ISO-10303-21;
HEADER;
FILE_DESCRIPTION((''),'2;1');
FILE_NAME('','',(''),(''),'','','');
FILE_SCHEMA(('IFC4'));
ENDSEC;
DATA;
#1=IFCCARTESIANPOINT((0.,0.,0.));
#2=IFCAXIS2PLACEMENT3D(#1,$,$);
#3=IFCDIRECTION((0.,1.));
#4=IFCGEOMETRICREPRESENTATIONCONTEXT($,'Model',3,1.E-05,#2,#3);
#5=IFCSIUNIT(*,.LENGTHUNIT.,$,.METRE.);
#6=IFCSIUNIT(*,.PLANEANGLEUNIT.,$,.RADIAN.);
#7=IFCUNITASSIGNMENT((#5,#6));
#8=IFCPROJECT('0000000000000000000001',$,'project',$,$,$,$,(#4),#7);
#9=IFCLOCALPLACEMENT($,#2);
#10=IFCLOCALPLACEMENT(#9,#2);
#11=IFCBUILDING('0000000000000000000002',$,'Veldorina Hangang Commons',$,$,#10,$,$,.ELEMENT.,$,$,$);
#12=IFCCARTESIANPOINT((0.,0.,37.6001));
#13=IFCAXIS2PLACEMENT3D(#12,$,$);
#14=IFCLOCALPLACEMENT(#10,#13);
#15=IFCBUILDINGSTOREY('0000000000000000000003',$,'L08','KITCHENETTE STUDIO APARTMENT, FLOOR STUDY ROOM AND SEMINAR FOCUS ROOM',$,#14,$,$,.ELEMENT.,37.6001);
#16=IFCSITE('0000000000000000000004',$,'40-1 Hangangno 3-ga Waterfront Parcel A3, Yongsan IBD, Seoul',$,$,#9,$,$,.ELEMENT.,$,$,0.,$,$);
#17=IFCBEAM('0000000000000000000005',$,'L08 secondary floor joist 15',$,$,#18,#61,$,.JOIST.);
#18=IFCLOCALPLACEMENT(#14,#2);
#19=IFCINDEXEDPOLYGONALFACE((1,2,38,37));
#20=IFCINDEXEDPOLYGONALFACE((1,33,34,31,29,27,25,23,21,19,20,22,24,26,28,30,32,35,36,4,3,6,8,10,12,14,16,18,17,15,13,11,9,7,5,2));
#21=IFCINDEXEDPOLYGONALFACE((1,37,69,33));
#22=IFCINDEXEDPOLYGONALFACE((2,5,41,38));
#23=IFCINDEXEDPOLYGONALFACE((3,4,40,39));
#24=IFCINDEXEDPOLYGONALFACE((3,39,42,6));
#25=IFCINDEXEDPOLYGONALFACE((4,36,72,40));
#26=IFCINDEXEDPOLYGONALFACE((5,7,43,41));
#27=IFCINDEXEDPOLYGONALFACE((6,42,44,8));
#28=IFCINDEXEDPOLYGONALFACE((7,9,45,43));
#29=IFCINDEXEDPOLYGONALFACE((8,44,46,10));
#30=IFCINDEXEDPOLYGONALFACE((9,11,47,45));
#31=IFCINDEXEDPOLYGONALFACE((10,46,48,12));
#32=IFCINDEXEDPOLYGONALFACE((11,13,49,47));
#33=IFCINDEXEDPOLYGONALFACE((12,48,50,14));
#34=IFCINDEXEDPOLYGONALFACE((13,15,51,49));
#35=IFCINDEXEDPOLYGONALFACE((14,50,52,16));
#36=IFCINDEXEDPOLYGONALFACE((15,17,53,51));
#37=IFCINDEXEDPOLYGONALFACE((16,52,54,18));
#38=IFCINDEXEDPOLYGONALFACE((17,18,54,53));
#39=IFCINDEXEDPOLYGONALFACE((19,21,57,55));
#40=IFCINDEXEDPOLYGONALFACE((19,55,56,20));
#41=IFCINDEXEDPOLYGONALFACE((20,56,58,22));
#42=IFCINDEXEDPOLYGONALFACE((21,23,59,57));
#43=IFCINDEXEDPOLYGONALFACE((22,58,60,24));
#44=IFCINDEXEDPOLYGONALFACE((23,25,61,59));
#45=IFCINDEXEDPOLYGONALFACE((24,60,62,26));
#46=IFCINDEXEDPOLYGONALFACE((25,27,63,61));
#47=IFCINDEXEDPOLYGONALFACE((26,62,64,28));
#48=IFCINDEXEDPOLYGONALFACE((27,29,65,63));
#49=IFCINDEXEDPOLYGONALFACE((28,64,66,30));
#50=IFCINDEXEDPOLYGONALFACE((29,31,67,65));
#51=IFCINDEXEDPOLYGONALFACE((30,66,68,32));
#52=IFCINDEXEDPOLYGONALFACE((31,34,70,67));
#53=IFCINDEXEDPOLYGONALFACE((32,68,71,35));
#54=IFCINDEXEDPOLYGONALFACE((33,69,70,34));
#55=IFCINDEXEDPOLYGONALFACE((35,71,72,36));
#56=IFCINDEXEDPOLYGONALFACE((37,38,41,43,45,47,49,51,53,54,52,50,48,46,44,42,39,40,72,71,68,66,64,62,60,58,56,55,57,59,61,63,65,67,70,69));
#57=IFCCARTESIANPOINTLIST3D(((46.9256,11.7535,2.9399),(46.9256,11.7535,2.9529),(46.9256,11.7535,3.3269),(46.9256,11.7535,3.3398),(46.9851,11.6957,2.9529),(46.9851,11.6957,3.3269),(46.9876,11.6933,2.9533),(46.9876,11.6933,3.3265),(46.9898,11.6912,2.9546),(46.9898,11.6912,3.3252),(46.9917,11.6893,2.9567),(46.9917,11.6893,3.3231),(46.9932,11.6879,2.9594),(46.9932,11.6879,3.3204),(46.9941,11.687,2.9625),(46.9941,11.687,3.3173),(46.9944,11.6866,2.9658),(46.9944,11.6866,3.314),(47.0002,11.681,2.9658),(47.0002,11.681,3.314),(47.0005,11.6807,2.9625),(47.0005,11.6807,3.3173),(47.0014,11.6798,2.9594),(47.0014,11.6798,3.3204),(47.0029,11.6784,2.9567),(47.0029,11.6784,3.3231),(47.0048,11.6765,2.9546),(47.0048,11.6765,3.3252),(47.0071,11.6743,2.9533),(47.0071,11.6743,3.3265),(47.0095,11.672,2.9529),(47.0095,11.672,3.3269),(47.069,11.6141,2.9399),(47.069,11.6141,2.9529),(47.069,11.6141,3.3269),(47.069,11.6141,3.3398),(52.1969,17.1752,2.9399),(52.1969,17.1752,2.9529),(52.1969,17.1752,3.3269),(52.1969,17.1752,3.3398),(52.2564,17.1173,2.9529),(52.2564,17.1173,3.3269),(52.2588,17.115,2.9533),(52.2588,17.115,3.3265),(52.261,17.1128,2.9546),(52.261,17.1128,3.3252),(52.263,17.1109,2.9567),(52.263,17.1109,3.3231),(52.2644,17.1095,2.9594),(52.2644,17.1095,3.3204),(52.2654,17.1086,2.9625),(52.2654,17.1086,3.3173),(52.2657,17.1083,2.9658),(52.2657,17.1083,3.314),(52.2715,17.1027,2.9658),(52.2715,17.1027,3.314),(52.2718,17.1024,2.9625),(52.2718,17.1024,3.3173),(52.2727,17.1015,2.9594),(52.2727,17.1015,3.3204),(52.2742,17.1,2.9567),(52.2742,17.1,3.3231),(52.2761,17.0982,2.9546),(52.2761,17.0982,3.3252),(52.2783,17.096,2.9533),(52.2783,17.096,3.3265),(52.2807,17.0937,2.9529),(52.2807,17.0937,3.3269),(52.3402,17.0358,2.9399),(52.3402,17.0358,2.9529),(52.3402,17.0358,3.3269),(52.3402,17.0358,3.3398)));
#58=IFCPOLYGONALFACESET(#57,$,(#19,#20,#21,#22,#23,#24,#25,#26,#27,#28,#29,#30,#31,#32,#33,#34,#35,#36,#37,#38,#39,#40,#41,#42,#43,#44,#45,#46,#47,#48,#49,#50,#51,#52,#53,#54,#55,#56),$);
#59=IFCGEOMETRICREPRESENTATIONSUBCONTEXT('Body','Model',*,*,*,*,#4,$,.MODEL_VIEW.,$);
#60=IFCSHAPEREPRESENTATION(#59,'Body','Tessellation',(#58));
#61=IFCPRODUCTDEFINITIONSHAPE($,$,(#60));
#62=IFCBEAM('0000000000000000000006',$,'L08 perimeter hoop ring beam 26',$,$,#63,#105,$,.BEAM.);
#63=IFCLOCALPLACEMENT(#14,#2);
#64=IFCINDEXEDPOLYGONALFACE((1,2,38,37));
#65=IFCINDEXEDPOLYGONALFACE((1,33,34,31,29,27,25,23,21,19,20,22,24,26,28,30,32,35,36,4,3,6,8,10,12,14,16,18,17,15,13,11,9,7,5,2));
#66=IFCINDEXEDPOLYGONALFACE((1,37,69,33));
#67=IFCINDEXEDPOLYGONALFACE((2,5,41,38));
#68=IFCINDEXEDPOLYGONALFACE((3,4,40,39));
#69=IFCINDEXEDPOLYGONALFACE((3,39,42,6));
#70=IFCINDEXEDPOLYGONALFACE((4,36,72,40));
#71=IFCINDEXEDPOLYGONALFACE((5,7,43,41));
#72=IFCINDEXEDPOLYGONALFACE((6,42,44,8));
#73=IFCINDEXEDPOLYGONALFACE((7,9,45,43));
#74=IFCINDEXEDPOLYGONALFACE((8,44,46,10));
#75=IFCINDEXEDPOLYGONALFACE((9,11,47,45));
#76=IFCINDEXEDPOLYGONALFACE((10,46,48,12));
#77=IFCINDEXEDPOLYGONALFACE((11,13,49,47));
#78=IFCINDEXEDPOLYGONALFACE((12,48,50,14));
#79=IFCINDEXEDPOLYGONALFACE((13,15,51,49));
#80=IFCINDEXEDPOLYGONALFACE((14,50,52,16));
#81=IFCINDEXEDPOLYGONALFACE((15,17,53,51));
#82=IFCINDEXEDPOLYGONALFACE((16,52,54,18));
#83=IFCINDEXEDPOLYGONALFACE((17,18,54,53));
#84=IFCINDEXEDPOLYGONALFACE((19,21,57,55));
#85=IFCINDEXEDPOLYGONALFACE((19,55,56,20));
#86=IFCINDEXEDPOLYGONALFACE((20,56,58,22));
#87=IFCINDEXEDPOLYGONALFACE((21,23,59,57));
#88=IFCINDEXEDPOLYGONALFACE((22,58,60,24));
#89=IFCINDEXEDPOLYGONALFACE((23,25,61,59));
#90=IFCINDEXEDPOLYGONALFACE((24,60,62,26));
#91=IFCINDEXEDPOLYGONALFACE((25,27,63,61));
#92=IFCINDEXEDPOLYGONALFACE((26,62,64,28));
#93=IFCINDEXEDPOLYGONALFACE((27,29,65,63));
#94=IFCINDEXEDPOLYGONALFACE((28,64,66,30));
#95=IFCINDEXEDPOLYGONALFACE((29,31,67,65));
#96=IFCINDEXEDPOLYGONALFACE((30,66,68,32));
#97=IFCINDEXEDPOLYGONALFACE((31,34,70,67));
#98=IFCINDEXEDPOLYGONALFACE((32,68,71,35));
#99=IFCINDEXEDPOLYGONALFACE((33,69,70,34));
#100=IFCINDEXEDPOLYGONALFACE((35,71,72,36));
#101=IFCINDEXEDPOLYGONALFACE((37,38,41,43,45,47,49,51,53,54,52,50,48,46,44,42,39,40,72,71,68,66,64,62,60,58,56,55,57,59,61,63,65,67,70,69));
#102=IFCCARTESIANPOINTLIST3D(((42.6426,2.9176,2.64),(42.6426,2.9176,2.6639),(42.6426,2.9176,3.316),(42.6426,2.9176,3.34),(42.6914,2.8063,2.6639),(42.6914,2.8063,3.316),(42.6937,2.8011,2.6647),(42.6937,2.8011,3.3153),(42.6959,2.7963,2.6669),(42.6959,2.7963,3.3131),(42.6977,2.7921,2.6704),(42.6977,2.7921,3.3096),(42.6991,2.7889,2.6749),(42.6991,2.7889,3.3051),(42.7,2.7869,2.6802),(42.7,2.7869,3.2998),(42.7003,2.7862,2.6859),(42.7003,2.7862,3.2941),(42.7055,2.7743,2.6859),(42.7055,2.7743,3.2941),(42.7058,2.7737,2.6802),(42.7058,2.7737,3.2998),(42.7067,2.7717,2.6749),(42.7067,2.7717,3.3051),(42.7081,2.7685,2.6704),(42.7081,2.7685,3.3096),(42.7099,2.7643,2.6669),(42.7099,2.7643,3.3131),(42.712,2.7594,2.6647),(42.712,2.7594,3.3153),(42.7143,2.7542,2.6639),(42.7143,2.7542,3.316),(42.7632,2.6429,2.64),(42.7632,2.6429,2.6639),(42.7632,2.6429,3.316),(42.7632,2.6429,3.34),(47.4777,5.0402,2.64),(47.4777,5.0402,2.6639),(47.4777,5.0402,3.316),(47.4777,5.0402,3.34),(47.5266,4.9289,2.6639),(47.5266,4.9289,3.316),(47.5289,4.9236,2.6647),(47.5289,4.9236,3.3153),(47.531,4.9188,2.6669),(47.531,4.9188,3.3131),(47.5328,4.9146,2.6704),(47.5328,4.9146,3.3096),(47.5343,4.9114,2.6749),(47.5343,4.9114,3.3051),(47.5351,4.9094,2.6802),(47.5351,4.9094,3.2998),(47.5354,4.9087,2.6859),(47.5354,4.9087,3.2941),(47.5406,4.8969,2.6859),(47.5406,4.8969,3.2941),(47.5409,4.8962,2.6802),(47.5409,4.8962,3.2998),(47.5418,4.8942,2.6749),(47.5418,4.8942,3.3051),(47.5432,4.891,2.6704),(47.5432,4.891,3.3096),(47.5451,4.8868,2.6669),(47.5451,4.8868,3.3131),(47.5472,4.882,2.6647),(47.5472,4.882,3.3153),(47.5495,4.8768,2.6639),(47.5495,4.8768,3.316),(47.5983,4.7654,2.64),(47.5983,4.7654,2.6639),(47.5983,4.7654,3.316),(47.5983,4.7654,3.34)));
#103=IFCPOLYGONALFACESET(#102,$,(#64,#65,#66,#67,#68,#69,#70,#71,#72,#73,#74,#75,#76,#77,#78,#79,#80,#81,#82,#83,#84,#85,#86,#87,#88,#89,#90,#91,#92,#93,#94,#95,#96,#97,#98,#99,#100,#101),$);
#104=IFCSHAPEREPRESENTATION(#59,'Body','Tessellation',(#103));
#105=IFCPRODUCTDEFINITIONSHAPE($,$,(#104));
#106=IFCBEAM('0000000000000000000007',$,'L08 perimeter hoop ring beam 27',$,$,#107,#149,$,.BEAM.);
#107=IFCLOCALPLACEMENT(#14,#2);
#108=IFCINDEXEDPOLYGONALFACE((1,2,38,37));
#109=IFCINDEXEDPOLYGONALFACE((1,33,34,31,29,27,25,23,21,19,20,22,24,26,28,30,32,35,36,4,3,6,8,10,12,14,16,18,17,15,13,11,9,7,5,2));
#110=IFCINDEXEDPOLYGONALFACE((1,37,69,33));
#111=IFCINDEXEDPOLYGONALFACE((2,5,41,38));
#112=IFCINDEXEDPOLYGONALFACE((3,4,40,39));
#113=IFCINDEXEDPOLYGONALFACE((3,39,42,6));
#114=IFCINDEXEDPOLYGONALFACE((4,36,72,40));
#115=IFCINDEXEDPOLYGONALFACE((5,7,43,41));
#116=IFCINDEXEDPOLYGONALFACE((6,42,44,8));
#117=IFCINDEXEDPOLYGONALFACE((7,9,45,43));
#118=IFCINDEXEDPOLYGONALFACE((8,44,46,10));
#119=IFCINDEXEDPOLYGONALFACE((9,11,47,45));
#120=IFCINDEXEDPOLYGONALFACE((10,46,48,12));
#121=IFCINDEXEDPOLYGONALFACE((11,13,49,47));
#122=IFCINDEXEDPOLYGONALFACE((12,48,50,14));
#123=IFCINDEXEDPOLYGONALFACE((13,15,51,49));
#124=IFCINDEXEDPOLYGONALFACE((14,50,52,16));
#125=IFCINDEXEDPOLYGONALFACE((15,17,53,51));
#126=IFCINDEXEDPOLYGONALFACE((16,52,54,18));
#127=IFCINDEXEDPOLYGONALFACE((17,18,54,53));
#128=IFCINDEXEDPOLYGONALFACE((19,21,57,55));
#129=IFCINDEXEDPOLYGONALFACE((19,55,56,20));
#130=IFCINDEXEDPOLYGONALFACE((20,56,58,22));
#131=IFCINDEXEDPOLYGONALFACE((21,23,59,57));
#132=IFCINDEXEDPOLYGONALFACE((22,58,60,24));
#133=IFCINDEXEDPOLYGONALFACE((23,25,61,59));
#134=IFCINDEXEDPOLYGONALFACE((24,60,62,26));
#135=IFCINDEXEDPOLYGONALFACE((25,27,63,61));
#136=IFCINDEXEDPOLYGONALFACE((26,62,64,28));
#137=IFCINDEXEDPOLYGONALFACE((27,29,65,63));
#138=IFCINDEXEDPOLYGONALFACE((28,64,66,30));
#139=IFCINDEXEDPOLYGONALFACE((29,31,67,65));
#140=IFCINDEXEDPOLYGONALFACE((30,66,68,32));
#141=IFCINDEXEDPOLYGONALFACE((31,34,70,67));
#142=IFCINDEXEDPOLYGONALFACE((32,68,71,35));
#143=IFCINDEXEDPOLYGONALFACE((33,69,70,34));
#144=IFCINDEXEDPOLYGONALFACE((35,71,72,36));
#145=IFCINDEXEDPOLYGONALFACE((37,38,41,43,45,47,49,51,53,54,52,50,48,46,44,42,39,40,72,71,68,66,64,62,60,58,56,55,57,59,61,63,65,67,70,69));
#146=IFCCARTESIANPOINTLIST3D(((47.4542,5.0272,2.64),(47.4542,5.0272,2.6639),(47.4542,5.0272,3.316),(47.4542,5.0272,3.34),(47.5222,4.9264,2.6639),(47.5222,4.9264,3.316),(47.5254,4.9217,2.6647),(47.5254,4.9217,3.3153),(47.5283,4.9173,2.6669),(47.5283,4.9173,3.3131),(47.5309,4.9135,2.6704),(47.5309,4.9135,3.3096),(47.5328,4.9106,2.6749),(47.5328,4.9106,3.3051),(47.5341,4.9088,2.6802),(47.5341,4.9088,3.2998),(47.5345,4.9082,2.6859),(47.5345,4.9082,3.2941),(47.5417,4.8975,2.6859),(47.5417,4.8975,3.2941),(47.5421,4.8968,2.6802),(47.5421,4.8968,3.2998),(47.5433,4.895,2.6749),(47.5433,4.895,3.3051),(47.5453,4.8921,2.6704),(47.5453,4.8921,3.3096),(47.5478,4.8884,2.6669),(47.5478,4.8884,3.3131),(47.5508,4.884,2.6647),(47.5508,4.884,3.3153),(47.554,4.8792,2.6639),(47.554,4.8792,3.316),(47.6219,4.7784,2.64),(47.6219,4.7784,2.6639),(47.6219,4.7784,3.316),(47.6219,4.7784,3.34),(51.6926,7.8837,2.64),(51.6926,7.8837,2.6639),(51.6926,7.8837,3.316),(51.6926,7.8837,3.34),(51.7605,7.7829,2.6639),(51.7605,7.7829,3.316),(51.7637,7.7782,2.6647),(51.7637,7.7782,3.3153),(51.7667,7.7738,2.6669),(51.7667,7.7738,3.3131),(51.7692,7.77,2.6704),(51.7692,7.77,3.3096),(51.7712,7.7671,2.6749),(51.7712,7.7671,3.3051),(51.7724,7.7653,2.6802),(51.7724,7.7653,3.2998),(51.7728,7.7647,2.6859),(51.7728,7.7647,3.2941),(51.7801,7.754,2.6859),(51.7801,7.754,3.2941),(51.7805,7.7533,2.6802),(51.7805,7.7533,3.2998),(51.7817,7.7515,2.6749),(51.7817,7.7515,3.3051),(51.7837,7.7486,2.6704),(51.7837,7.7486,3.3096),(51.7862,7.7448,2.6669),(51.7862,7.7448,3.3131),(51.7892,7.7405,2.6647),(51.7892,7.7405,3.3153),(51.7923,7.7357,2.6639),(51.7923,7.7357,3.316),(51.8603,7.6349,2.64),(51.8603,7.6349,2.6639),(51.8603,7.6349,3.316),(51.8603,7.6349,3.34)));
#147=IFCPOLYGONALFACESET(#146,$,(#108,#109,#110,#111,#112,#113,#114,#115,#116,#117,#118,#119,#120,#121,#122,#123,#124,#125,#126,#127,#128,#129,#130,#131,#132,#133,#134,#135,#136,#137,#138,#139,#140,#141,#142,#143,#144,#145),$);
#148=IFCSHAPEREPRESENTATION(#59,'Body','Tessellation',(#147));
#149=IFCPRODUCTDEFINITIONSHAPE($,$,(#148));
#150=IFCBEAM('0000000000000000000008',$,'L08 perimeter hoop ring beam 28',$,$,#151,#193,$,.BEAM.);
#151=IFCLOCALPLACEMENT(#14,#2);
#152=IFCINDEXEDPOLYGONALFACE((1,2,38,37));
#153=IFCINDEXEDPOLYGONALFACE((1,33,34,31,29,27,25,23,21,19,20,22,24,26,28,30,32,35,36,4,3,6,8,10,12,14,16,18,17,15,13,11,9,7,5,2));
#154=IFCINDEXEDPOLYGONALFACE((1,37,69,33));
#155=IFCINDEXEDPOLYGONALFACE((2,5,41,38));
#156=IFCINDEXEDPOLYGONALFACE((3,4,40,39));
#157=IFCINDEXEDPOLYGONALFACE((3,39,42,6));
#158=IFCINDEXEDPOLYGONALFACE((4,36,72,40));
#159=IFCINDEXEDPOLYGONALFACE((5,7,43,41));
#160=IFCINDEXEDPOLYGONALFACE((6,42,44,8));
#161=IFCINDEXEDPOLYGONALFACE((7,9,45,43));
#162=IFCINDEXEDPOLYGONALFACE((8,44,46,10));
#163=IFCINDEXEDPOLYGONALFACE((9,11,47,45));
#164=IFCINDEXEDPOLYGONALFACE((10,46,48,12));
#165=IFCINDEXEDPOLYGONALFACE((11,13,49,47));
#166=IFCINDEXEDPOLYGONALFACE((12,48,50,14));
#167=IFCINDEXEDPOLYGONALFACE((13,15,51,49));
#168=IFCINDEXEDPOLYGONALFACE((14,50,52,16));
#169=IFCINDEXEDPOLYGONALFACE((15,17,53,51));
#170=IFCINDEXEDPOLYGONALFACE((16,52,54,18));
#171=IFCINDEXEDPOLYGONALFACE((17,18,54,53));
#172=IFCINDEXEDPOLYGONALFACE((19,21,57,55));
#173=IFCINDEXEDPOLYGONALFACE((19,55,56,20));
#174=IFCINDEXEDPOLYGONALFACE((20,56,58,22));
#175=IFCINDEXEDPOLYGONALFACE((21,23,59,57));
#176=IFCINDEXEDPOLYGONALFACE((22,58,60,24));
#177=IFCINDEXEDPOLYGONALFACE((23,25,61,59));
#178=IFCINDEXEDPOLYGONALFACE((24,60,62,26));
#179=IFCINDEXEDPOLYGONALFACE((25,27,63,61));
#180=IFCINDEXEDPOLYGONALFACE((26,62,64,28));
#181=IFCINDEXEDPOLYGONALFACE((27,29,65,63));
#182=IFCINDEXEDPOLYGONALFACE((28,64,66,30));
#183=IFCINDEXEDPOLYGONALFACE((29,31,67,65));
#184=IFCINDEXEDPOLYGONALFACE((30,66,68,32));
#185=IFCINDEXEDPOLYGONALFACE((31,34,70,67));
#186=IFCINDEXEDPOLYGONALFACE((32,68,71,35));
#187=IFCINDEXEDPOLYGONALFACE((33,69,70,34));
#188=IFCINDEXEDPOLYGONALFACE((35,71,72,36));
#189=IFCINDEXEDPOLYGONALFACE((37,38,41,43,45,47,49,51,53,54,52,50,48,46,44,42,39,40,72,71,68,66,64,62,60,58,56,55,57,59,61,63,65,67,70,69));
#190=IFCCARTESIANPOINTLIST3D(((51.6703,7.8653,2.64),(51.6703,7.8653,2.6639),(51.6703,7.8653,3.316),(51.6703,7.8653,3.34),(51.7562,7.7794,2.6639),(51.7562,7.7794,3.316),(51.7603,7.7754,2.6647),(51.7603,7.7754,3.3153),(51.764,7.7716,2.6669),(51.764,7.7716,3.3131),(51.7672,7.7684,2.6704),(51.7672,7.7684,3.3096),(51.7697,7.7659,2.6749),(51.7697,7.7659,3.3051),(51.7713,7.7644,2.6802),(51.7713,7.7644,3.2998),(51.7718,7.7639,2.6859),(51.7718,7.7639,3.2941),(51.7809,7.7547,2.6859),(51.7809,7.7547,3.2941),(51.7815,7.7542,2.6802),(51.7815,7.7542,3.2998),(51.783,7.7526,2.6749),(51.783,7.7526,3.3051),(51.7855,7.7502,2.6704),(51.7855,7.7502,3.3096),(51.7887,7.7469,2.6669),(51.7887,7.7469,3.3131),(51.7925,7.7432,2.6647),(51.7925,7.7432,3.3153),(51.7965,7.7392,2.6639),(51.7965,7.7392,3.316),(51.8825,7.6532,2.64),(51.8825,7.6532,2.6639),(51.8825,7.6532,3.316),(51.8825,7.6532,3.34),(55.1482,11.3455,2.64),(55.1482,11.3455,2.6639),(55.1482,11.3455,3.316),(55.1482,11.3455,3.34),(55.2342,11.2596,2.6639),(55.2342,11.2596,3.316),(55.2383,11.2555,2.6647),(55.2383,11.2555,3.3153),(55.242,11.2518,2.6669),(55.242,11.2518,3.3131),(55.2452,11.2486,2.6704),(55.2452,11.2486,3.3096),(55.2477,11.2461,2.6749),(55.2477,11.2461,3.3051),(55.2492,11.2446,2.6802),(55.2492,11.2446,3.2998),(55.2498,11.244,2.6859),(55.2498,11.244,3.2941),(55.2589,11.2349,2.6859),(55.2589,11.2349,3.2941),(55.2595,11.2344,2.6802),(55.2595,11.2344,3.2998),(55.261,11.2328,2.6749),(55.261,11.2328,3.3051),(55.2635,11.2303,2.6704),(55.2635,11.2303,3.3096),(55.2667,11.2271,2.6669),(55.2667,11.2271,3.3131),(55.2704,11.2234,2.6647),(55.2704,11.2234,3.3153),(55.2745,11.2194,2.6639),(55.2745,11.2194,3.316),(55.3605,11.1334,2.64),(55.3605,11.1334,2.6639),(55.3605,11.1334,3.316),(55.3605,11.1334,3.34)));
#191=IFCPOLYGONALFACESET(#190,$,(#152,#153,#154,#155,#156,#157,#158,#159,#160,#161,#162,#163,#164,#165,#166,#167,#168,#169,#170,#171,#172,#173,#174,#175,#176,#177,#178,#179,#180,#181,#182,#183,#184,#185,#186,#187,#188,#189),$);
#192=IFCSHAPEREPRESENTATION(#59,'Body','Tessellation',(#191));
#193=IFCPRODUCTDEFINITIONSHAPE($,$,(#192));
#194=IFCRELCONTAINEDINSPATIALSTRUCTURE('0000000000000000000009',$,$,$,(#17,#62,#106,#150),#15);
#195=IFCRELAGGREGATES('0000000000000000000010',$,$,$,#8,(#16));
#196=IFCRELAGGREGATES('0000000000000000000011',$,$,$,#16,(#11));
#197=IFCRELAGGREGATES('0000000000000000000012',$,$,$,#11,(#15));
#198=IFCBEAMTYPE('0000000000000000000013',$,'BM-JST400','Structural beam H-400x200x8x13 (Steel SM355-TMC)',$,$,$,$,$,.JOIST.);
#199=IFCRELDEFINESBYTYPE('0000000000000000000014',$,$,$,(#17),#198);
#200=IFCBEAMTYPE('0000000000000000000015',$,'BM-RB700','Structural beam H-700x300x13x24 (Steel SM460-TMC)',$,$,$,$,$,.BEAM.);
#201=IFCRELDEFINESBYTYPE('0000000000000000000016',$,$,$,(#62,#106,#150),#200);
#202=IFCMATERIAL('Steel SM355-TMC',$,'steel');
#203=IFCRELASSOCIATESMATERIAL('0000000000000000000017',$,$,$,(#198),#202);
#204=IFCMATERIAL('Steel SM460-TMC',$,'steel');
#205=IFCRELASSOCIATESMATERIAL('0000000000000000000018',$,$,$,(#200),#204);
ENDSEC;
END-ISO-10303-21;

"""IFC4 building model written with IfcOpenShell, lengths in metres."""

from ifc_helpers import new_model, si_unit, direction, frame, origin, origin_2d, place, context, subcontext, project, spatial, i_section, extrude, material, material_profile, profile_set, type_object, element, save


model = new_model("IFC4")

# Units and contexts
model_context = context("Model", 3, precision=1e-05, world=origin(), true_north=direction((0.0, 1.0)))
body_context = subcontext(model_context, "Body", "Model", "MODEL_VIEW")
ifc_project = project(units=[si_unit("LENGTHUNIT", "METRE"), si_unit("PLANEANGLEUNIT", "RADIAN")], contexts=[model_context])

# Site, building, storey
site_placement = place(None, origin())
site = spatial("IfcSite", under=ifc_project, at=site_placement, Name="40-1 Hangangno 3-ga Waterfront Parcel A3, Yongsan IBD, Seoul", CompositionType="ELEMENT", RefElevation=0.0)
building_placement = place(site_placement, origin())
building = spatial("IfcBuilding", under=site, at=building_placement, Name="Veldorina Hangang Commons", CompositionType="ELEMENT")
storey_placement = place(building_placement, frame((0.0, 0.0, 37.6001)))
storey = spatial("IfcBuildingStorey", under=building, at=storey_placement, Name="L08", Description="KITCHENETTE STUDIO APARTMENT, FLOOR STUDY ROOM AND SEMINAR FOCUS ROOM", CompositionType="ELEMENT", Elevation=37.6001)

# Beams
ifc_material_1 = material(Name="Steel SM355-TMC", Category="steel")
ifc_material_profile_1 = material_profile(ifc_material_1, i_section(OverallWidth=0.2, OverallDepth=0.3999, WebThickness=0.0081, FlangeThickness=0.0129, FilletRadius=0.0129, at=origin_2d()), Name="H-400x200x8x13")
ifc_profile_set_1 = profile_set([ifc_material_profile_1], Name="Steel SM355-TMC")
beam_type_1 = type_object("IfcBeamType", Name="BM-JST400", Description="Structural beam H-400x200x8x13 (Steel SM355-TMC)", PredefinedType="JOIST", material=ifc_profile_set_1)
beam_1_placement = place(storey_placement, frame((46.9973, 11.6838, 3.1399), z_axis=(0.697093, 0.716981, 0.0), x_axis=(-0.716981, 0.697093, 0.0)))
element("IfcBeam", 1, at=beam_1_placement, inside=storey, type_object=beam_type_1, Name="L08 secondary floor joist 15", PredefinedType="JOIST", context=body_context, shape_type="SweptSolid", body=[
    extrude(i_section(OverallWidth=0.2, OverallDepth=0.3999, WebThickness=0.0081, FlangeThickness=0.0129, FilletRadius=0.0129, at=origin_2d()), origin(), (0.0, 0.0, 1.0), 7.5618),
])
ifc_material_2 = material(Name="Steel SM460-TMC", Category="steel")
ifc_material_profile_2 = material_profile(ifc_material_2, i_section(OverallWidth=0.3, OverallDepth=0.7, WebThickness=0.0129, FlangeThickness=0.0239, FilletRadius=0.022, at=origin_2d()), Name="H-700x300x13x24")
ifc_profile_set_2 = profile_set([ifc_material_profile_2], Name="Steel SM460-TMC")
beam_type_2 = type_object("IfcBeamType", Name="BM-RB700", Description="Structural beam H-700x300x13x24 (Steel SM460-TMC)", PredefinedType="BEAM", material=ifc_profile_set_2)
beam_2_placement = place(storey_placement, frame((42.7029, 2.7803, 2.99), z_axis=(0.915659, 0.401956, 0.0), x_axis=(-0.401956, 0.915659, 0.0)))
element("IfcBeam", 2, at=beam_2_placement, inside=storey, type_object=beam_type_2, Name="L08 perimeter hoop ring beam 26", PredefinedType="BEAM", context=body_context, shape_type="SweptSolid", body=[
    extrude(i_section(OverallWidth=0.3, OverallDepth=0.7, WebThickness=0.0129, FlangeThickness=0.0239, FilletRadius=0.022, at=origin_2d()), origin(), (0.0, 0.0, 1.0), 5.2805),
])
beam_3_placement = place(storey_placement, frame((47.5381, 4.9028, 2.99), z_axis=(0.829247, 0.558882, 0.0), x_axis=(-0.558882, 0.829247, 0.0)))
element("IfcBeam", 3, at=beam_3_placement, inside=storey, type_object=beam_type_2, Name="L08 perimeter hoop ring beam 27", PredefinedType="BEAM", context=body_context, shape_type="SweptSolid", body=[
    extrude(i_section(OverallWidth=0.3, OverallDepth=0.7, WebThickness=0.0129, FlangeThickness=0.0239, FilletRadius=0.022, at=origin_2d()), origin(), (0.0, 0.0, 1.0), 5.1111),
])
beam_4_placement = place(storey_placement, frame((51.7764, 7.7593, 2.99), z_axis=(0.706883, 0.70733, 0.0), x_axis=(-0.70733, 0.706883, 0.0)))
element("IfcBeam", 4, at=beam_4_placement, inside=storey, type_object=beam_type_2, Name="L08 perimeter hoop ring beam 28", PredefinedType="BEAM", context=body_context, shape_type="SweptSolid", body=[
    extrude(i_section(OverallWidth=0.3, OverallDepth=0.7, WebThickness=0.0129, FlangeThickness=0.0239, FilletRadius=0.022, at=origin_2d()), origin(), (0.0, 0.0, 1.0), 4.9202),
])

save(model, "model.ifc")
